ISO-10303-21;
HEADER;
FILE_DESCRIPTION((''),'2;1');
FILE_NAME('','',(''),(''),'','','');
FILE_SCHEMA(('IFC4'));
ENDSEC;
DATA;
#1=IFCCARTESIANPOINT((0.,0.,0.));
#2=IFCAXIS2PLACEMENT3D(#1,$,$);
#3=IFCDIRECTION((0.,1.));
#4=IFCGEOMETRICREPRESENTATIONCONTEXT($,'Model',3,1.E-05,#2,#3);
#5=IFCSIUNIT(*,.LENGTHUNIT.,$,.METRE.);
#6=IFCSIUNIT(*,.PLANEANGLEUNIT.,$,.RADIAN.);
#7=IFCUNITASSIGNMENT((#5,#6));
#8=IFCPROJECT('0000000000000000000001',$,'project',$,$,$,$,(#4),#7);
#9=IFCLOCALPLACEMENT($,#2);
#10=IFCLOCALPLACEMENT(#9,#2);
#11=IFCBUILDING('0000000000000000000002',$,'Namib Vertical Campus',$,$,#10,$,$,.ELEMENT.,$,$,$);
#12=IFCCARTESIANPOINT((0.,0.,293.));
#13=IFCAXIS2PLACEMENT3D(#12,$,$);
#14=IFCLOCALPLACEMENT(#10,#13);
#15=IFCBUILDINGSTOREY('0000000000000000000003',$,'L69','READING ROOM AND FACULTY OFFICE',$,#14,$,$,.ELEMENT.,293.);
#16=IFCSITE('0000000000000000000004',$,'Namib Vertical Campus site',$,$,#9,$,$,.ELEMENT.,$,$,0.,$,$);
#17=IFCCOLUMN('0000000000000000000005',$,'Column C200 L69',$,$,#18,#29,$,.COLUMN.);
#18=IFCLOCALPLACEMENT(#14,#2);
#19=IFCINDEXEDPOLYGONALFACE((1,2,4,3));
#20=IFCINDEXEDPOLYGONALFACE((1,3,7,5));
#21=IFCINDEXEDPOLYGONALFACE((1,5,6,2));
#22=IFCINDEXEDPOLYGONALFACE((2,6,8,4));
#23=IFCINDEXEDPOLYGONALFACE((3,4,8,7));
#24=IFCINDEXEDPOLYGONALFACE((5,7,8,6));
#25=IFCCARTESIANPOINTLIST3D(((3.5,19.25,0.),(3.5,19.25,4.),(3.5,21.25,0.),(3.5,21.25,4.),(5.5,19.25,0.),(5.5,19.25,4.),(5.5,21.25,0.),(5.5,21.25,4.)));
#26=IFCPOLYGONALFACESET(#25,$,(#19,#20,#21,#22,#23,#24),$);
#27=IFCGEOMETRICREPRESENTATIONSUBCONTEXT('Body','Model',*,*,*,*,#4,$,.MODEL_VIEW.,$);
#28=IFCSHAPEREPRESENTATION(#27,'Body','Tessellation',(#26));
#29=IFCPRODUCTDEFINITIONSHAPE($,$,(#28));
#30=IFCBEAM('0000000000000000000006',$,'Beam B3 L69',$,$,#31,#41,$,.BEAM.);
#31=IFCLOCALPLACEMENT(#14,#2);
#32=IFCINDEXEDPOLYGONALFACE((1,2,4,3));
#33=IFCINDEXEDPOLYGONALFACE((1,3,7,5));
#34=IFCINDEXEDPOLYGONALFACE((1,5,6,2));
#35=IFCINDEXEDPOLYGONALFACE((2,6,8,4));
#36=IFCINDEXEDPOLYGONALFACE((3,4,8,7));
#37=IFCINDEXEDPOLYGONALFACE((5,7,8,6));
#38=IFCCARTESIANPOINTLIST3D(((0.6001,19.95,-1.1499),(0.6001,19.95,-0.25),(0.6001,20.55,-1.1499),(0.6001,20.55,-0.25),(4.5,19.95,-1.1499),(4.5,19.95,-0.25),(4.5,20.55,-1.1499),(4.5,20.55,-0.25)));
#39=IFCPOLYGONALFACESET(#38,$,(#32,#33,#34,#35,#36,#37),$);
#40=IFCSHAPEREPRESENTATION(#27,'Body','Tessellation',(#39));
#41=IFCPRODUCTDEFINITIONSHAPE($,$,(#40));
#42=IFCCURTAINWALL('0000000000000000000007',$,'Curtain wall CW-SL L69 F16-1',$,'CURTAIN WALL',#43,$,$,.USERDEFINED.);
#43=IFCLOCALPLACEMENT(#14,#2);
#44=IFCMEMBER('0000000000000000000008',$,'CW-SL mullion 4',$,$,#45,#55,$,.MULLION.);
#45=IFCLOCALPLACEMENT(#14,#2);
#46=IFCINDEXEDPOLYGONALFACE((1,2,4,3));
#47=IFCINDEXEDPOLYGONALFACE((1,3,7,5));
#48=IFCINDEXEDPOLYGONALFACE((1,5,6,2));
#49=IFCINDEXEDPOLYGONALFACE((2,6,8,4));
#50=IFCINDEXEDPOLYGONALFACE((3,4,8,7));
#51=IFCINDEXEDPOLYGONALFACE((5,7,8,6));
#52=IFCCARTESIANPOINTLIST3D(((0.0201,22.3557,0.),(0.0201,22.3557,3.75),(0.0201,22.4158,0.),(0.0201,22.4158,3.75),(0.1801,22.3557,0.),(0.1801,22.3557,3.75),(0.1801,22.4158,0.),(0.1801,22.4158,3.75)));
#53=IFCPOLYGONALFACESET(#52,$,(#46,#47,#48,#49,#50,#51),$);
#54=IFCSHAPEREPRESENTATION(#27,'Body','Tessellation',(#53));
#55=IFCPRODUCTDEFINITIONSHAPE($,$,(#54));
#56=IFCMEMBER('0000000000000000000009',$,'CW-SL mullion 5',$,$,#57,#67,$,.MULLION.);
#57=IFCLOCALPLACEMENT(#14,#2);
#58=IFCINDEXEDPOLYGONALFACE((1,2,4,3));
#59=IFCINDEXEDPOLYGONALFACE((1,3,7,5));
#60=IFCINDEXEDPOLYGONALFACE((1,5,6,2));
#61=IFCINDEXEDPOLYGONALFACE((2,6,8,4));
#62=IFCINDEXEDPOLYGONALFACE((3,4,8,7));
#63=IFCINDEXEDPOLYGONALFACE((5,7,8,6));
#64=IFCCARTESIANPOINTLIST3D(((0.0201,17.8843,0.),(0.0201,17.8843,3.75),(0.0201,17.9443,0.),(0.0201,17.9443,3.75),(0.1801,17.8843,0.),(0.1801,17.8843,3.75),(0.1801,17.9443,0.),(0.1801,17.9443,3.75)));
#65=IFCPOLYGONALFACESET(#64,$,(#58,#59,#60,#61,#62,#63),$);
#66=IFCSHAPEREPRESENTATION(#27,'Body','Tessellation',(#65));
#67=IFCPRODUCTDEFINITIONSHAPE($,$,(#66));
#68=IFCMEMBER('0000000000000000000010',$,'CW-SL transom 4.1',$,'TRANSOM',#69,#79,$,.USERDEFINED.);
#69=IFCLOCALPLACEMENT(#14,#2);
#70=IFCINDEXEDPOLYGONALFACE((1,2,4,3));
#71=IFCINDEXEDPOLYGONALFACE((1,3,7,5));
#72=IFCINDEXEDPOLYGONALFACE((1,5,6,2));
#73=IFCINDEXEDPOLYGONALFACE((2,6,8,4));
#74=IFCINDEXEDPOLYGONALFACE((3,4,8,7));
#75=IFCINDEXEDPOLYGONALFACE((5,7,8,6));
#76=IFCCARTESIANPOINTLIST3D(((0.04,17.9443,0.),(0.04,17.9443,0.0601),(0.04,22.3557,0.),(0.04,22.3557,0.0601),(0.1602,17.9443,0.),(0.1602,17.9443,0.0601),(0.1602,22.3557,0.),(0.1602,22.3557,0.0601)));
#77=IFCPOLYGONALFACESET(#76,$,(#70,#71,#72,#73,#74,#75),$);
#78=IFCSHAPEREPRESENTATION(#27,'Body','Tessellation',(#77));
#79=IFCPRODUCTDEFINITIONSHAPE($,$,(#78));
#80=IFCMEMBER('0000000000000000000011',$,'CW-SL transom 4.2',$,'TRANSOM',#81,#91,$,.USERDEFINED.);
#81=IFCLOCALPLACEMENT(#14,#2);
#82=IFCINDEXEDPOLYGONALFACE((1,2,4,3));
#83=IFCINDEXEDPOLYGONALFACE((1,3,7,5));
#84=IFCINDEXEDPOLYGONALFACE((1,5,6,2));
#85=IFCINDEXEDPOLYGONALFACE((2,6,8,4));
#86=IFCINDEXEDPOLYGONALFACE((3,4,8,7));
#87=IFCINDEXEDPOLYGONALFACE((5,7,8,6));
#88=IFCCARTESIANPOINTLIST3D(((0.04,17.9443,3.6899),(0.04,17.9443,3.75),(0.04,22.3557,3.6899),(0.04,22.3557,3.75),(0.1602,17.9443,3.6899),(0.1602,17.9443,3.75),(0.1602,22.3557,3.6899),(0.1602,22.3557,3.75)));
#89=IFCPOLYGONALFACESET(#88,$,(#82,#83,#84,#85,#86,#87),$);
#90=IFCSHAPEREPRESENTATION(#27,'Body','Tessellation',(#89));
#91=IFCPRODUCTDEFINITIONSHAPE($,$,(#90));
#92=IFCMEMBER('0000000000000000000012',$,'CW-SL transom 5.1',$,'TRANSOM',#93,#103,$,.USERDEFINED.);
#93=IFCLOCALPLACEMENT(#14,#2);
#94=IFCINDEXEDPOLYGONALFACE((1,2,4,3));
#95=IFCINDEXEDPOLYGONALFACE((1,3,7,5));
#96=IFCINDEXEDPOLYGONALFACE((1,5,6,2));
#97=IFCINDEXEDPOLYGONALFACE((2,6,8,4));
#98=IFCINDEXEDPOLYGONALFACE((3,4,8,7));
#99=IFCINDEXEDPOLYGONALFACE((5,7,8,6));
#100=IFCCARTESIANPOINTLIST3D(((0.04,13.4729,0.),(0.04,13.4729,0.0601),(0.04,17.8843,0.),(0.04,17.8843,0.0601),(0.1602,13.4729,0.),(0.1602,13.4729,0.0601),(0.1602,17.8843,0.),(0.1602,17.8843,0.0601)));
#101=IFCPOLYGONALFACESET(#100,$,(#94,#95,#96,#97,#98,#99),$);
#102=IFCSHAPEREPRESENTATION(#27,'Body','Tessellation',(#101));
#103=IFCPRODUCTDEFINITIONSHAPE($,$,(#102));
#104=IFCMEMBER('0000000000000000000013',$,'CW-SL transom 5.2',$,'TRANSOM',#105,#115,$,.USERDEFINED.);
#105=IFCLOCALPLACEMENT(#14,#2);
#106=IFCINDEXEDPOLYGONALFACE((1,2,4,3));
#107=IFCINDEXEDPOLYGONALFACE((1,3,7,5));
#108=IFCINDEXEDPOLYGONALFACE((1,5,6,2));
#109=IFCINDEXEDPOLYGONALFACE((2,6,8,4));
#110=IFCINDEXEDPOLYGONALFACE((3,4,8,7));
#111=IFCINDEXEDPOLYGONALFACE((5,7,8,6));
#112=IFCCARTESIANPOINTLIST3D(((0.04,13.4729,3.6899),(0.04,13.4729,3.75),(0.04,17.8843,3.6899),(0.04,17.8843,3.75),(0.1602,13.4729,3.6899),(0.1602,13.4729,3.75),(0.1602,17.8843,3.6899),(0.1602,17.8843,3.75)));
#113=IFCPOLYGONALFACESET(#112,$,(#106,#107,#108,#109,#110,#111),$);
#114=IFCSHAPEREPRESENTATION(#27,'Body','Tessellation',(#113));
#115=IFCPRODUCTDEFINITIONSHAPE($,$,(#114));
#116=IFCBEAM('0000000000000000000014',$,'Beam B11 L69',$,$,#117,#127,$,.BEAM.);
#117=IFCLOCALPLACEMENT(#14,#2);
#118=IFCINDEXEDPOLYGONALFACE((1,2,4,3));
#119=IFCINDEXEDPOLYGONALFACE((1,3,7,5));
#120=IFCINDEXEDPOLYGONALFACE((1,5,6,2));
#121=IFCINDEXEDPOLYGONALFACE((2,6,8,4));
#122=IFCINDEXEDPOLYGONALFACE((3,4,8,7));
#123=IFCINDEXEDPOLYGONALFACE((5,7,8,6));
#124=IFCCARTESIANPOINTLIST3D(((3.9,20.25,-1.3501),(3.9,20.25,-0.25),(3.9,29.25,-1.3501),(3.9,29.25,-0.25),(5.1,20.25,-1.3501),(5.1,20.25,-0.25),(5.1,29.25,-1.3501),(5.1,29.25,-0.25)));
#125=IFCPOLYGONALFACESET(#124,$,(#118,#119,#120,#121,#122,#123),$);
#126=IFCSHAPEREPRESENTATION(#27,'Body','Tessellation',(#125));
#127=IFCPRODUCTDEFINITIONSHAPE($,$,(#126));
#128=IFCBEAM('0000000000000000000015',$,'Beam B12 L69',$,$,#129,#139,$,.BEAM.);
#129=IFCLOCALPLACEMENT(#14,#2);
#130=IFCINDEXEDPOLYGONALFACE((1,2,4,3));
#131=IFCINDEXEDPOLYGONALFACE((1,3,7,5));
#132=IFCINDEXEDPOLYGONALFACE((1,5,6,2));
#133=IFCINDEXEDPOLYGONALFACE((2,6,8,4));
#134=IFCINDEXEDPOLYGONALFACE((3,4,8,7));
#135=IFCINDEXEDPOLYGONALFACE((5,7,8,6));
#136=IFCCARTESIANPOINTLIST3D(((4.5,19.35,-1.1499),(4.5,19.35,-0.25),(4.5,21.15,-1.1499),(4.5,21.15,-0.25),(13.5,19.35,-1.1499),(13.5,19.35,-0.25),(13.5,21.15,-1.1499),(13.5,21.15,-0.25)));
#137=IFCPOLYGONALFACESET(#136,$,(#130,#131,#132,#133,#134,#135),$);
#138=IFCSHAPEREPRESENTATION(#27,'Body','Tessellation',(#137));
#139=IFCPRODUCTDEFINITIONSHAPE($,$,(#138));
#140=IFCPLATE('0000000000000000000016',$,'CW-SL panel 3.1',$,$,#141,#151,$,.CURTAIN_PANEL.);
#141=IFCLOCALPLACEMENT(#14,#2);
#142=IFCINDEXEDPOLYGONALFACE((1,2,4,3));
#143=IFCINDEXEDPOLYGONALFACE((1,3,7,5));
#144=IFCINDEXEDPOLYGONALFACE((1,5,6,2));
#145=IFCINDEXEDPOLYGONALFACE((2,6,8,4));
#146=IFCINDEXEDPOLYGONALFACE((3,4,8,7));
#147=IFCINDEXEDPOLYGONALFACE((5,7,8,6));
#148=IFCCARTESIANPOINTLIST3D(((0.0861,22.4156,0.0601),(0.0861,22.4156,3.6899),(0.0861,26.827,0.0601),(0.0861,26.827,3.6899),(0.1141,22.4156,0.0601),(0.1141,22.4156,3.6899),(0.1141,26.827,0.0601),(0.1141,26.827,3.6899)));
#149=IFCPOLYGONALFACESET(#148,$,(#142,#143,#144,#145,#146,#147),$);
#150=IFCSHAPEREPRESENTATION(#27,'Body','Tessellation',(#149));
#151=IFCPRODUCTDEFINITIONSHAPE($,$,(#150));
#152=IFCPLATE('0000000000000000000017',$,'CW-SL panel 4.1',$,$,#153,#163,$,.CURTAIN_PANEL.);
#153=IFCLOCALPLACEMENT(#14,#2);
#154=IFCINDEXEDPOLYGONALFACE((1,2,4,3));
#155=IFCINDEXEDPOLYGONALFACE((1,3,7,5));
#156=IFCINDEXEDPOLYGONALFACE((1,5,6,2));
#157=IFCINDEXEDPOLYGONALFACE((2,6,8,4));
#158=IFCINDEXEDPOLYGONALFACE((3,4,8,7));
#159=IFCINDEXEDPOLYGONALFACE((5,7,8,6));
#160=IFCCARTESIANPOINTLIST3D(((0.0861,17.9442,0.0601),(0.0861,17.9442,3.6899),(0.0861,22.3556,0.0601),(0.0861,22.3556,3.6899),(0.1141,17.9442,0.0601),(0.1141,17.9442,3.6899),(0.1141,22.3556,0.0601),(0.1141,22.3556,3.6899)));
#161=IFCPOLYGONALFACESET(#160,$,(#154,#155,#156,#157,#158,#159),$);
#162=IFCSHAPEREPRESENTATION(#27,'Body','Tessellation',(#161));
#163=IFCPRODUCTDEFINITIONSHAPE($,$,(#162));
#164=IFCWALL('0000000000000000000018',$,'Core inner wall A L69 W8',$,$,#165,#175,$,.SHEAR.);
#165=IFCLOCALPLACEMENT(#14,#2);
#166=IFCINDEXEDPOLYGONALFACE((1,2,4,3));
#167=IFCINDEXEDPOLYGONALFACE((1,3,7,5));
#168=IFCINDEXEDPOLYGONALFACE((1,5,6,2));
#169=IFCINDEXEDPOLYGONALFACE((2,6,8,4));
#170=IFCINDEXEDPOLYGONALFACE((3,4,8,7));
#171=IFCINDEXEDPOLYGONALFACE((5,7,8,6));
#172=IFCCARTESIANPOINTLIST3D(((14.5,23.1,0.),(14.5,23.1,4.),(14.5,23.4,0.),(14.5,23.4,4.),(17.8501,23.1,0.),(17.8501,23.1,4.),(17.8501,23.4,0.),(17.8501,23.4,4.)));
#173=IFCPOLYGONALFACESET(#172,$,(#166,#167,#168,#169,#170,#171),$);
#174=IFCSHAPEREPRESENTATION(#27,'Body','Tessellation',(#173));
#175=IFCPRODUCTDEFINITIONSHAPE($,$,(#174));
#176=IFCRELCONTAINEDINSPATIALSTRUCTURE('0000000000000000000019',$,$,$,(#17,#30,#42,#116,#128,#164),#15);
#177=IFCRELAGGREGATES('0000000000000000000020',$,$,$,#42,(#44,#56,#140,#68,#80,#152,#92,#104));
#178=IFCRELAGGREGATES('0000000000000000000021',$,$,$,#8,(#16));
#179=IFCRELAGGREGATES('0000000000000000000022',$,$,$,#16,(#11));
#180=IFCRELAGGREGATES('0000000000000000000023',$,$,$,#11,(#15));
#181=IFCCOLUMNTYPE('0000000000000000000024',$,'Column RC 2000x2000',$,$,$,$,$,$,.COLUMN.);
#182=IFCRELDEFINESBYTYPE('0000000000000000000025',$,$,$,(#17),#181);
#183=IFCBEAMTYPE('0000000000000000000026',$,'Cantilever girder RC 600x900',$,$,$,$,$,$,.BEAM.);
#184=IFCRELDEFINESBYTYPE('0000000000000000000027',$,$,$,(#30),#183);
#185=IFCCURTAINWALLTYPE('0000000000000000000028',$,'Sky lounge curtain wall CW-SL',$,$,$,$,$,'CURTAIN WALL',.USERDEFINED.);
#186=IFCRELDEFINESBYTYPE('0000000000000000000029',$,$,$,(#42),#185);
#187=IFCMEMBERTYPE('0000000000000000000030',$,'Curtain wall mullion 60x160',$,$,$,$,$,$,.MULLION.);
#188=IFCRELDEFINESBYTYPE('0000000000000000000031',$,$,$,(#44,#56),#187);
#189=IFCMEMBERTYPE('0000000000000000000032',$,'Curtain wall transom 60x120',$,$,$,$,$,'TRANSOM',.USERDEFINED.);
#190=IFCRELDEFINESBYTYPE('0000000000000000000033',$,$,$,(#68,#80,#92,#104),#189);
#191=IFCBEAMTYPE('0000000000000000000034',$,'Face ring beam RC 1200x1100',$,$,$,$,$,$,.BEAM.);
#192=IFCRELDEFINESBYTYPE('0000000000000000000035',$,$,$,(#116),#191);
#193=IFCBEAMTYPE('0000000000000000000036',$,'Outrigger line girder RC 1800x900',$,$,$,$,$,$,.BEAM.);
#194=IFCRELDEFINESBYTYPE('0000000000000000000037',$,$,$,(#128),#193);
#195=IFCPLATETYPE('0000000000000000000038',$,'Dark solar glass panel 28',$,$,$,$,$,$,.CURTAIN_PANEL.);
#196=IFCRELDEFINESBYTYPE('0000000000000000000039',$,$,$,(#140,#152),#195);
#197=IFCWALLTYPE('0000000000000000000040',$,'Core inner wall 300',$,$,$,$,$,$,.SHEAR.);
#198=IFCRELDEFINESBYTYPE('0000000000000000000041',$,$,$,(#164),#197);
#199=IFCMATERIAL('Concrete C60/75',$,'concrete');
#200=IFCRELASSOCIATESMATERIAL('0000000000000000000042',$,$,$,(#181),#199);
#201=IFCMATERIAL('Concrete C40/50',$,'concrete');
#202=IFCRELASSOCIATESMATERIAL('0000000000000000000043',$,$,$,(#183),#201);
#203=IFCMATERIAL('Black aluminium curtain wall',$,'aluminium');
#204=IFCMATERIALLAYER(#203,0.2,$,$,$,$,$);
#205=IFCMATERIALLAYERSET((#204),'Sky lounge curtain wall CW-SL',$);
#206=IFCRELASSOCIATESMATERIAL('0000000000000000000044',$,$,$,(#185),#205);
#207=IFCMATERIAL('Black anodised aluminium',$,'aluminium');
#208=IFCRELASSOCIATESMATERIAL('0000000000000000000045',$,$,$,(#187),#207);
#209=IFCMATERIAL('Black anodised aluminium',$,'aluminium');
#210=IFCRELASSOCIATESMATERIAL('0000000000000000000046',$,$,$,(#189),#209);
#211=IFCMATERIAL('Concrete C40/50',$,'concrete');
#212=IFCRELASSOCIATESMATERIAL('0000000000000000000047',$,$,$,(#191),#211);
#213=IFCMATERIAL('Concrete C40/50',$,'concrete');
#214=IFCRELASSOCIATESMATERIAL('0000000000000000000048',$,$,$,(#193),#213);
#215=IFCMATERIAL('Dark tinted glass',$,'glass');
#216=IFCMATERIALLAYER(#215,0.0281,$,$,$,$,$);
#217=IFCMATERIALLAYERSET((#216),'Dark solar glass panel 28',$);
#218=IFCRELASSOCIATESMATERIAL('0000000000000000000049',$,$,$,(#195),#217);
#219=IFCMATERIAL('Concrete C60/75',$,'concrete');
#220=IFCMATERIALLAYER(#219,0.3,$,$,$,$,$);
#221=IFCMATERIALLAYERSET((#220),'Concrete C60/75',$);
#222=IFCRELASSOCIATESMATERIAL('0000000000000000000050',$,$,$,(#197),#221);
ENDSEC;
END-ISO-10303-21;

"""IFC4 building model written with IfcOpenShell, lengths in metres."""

from ifc_helpers import new_model, si_unit, direction, frame, frame_2d, origin, origin_2d, place, context, subcontext, project, spatial, rectangle, extrude, material, layer, layer_set, material_profile, profile_set, type_object, element, aggregate, save


model = new_model("IFC4")

# Units and contexts
model_context = context("Model", 3, precision=1e-05, world=origin(), true_north=direction((0.0, 1.0)))
body_context = subcontext(model_context, "Body", "Model", "MODEL_VIEW")
ifc_project = project(units=[si_unit("LENGTHUNIT", "METRE"), si_unit("PLANEANGLEUNIT", "RADIAN")], contexts=[model_context])

# Site, building, storey
site_placement = place(None, origin())
site = spatial("IfcSite", under=ifc_project, at=site_placement, Name="Namib Vertical Campus site", CompositionType="ELEMENT", RefElevation=0.0)
building_placement = place(site_placement, origin())
building = spatial("IfcBuilding", under=site, at=building_placement, Name="Namib Vertical Campus", CompositionType="ELEMENT")
storey_placement = place(building_placement, frame((0.0, 0.0, 293.0)))
storey = spatial("IfcBuildingStorey", under=building, at=storey_placement, Name="L69", Description="READING ROOM AND FACULTY OFFICE", CompositionType="ELEMENT", Elevation=293.0)

# Column
ifc_material_1 = material(Name="Concrete C60/75", Category="concrete")
ifc_material_profile_1 = material_profile(ifc_material_1, rectangle(XDim=2.0, YDim=2.0, at=origin_2d()))
ifc_profile_set_1 = profile_set([ifc_material_profile_1], Name="Concrete C60/75")
column_type = type_object("IfcColumnType", Name="Column RC 2000x2000", PredefinedType="COLUMN", material=ifc_profile_set_1)
column_placement = place(storey_placement, frame((4.5, 20.25, 0.0), z_axis=(0.0, 0.0, 1.0), x_axis=(1.0, 0.0, 0.0)))
element("IfcColumn", 1, at=column_placement, inside=storey, type_object=column_type, Name="Column C200 L69", PredefinedType="COLUMN", context=body_context, shape_type="SweptSolid", body=[
    extrude(rectangle(XDim=2.0, YDim=2.0, at=origin_2d()), origin(), (0.0, 0.0, 1.0), 4.0),
])

# Beam
ifc_material_2 = material(Name="Concrete C40/50", Category="concrete")
ifc_material_profile_2 = material_profile(ifc_material_2, rectangle(XDim=0.6001, YDim=0.8999, at=origin_2d()))
ifc_profile_set_2 = profile_set([ifc_material_profile_2], Name="Concrete C40/50")
beam_type_1 = type_object("IfcBeamType", Name="Cantilever girder RC 600x900", PredefinedType="BEAM", material=ifc_profile_set_2)
beam_1_placement = place(storey_placement, frame((4.5, 20.25, -0.7), z_axis=(-1.0, 0.0, 0.0), x_axis=(0.0, -1.0, 0.0)))
element("IfcBeam", 2, at=beam_1_placement, inside=storey, type_object=beam_type_1, Name="Beam B3 L69", PredefinedType="BEAM", context=body_context, shape_type="SweptSolid", body=[
    extrude(rectangle(XDim=0.6001, YDim=0.8999, at=origin_2d()), origin(), (0.0, 0.0, 1.0), 3.8999),
])

# Curtain wall, members
ifc_material_3 = material(Name="Black aluminium curtain wall", Category="aluminium")
ifc_layer_1 = layer(ifc_material_3, 0.2)
ifc_layer_set_1 = layer_set([ifc_layer_1], Name="Sky lounge curtain wall CW-SL")
curtain_wall_type = type_object("IfcCurtainWallType", Name="Sky lounge curtain wall CW-SL", ElementType="CURTAIN WALL", PredefinedType="USERDEFINED", material=ifc_layer_set_1)
curtain_wall_placement = place(storey_placement, origin())
curtain_wall = element("IfcCurtainWall", 3, at=curtain_wall_placement, inside=storey, type_object=curtain_wall_type, Name="Curtain wall CW-SL L69 F16-1", ObjectType="CURTAIN WALL", PredefinedType="USERDEFINED")
ifc_material_4 = material(Name="Black anodised aluminium", Category="aluminium")
ifc_material_profile_3 = material_profile(ifc_material_4, rectangle(XDim=0.0601, YDim=0.1599, at=origin_2d()))
ifc_profile_set_3 = profile_set([ifc_material_profile_3], Name="Black anodised aluminium")
member_type_1 = type_object("IfcMemberType", Name="Curtain wall mullion 60x160", PredefinedType="MULLION", material=ifc_profile_set_3)
member_1_placement = place(storey_placement, frame((0.1001, 22.3857, 0.0), z_axis=(0.0, 0.0, 1.0), x_axis=(0.0, -1.0, 0.0)))
member_1 = element("IfcMember", 4, at=member_1_placement, type_object=member_type_1, Name="CW-SL mullion 4", PredefinedType="MULLION", context=body_context, shape_type="SweptSolid", body=[
    extrude(rectangle(XDim=0.0601, YDim=0.1599, at=origin_2d()), origin(), (0.0, 0.0, 1.0), 3.75),
])
member_2_placement = place(storey_placement, frame((0.1001, 17.9143, 0.0), z_axis=(0.0, 0.0, 1.0), x_axis=(0.0, -1.0, 0.0)))
member_2 = element("IfcMember", 5, at=member_2_placement, type_object=member_type_1, Name="CW-SL mullion 5", PredefinedType="MULLION", context=body_context, shape_type="SweptSolid", body=[
    extrude(rectangle(XDim=0.0601, YDim=0.1599, at=origin_2d()), origin(), (0.0, 0.0, 1.0), 3.75),
])
ifc_material_5 = material(Name="Black anodised aluminium", Category="aluminium")
ifc_material_profile_4 = material_profile(ifc_material_5, rectangle(XDim=0.0601, YDim=0.1201, at=origin_2d()))
ifc_profile_set_4 = profile_set([ifc_material_profile_4], Name="Black anodised aluminium")
member_type_2 = type_object("IfcMemberType", Name="Curtain wall transom 60x120", ElementType="TRANSOM", PredefinedType="USERDEFINED", material=ifc_profile_set_4)
member_3_placement = place(storey_placement, frame((0.1001, 22.3557, 0.03), z_axis=(0.0, -1.0, 0.0), x_axis=(0.0, 0.0, 1.0)))
member_3 = element("IfcMember", 6, at=member_3_placement, type_object=member_type_2, Name="CW-SL transom 4.1", ObjectType="TRANSOM", PredefinedType="USERDEFINED", context=body_context, shape_type="SweptSolid", body=[
    extrude(rectangle(XDim=0.0601, YDim=0.1201, at=origin_2d()), origin(), (0.0, 0.0, 1.0), 4.4114),
])
member_4_placement = place(storey_placement, frame((0.1001, 22.3557, 3.72), z_axis=(0.0, -1.0, 0.0), x_axis=(0.0, 0.0, 1.0)))
member_4 = element("IfcMember", 7, at=member_4_placement, type_object=member_type_2, Name="CW-SL transom 4.2", ObjectType="TRANSOM", PredefinedType="USERDEFINED", context=body_context, shape_type="SweptSolid", body=[
    extrude(rectangle(XDim=0.0601, YDim=0.1201, at=origin_2d()), origin(), (0.0, 0.0, 1.0), 4.4114),
])
member_5_placement = place(storey_placement, frame((0.1001, 17.8843, 0.03), z_axis=(0.0, -1.0, 0.0), x_axis=(0.0, 0.0, 1.0)))
member_5 = element("IfcMember", 8, at=member_5_placement, type_object=member_type_2, Name="CW-SL transom 5.1", ObjectType="TRANSOM", PredefinedType="USERDEFINED", context=body_context, shape_type="SweptSolid", body=[
    extrude(rectangle(XDim=0.0601, YDim=0.1201, at=origin_2d()), origin(), (0.0, 0.0, 1.0), 4.4114),
])
member_6_placement = place(storey_placement, frame((0.1001, 17.8843, 3.72), z_axis=(0.0, -1.0, 0.0), x_axis=(0.0, 0.0, 1.0)))
member_6 = element("IfcMember", 9, at=member_6_placement, type_object=member_type_2, Name="CW-SL transom 5.2", ObjectType="TRANSOM", PredefinedType="USERDEFINED", context=body_context, shape_type="SweptSolid", body=[
    extrude(rectangle(XDim=0.0601, YDim=0.1201, at=origin_2d()), origin(), (0.0, 0.0, 1.0), 4.4114),
])

# Beams
ifc_material_6 = material(Name="Concrete C40/50", Category="concrete")
ifc_material_profile_5 = material_profile(ifc_material_6, rectangle(XDim=1.2, YDim=1.1001, at=origin_2d()))
ifc_profile_set_5 = profile_set([ifc_material_profile_5], Name="Concrete C40/50")
beam_type_2 = type_object("IfcBeamType", Name="Face ring beam RC 1200x1100", PredefinedType="BEAM", material=ifc_profile_set_5)
beam_2_placement = place(storey_placement, frame((4.5, 20.25, -0.8), z_axis=(0.0, 1.0, 0.0), x_axis=(-1.0, 0.0, 0.0)))
element("IfcBeam", 10, at=beam_2_placement, inside=storey, type_object=beam_type_2, Name="Beam B11 L69", PredefinedType="BEAM", context=body_context, shape_type="SweptSolid", body=[
    extrude(rectangle(XDim=1.2, YDim=1.1001, at=origin_2d()), origin(), (0.0, 0.0, 1.0), 9.0),
])
ifc_material_7 = material(Name="Concrete C40/50", Category="concrete")
ifc_material_profile_6 = material_profile(ifc_material_7, rectangle(XDim=1.8, YDim=0.8999, at=origin_2d()))
ifc_profile_set_6 = profile_set([ifc_material_profile_6], Name="Concrete C40/50")
beam_type_3 = type_object("IfcBeamType", Name="Outrigger line girder RC 1800x900", PredefinedType="BEAM", material=ifc_profile_set_6)
beam_3_placement = place(storey_placement, frame((4.5, 20.25, -0.7), z_axis=(1.0, 0.0, 0.0), x_axis=(0.0, 1.0, 0.0)))
element("IfcBeam", 11, at=beam_3_placement, inside=storey, type_object=beam_type_3, Name="Beam B12 L69", PredefinedType="BEAM", context=body_context, shape_type="SweptSolid", body=[
    extrude(rectangle(XDim=1.8, YDim=0.8999, at=origin_2d()), origin(), (0.0, 0.0, 1.0), 9.0),
])

# Plates
ifc_material_8 = material(Name="Dark tinted glass", Category="glass")
ifc_layer_2 = layer(ifc_material_8, 0.0281)
ifc_layer_set_2 = layer_set([ifc_layer_2], Name="Dark solar glass panel 28")
plate_type = type_object("IfcPlateType", Name="Dark solar glass panel 28", PredefinedType="CURTAIN_PANEL", material=ifc_layer_set_2)
plate_1_placement = place(storey_placement, frame((0.1001, 24.6213, 0.0601), z_axis=(0.0, 0.0, 1.0), x_axis=(0.0, -1.0, 0.0)))
plate_1 = element("IfcPlate", 12, at=plate_1_placement, type_object=plate_type, Name="CW-SL panel 3.1", PredefinedType="CURTAIN_PANEL", context=body_context, shape_type="SweptSolid", body=[
    extrude(rectangle(XDim=4.4114, YDim=0.0281, at=origin_2d()), origin(), (0.0, 0.0, 1.0), 3.6299),
])
plate_2_placement = place(storey_placement, frame((0.1001, 20.1499, 0.0601), z_axis=(0.0, 0.0, 1.0), x_axis=(0.0, -1.0, 0.0)))
plate_2 = element("IfcPlate", 13, at=plate_2_placement, type_object=plate_type, Name="CW-SL panel 4.1", PredefinedType="CURTAIN_PANEL", context=body_context, shape_type="SweptSolid", body=[
    extrude(rectangle(XDim=4.4114, YDim=0.0281, at=origin_2d()), origin(), (0.0, 0.0, 1.0), 3.6299),
])
aggregate(curtain_wall, [member_1, member_2, plate_1, member_3, member_4, plate_2, member_5, member_6])

# Wall
ifc_material_9 = material(Name="Concrete C60/75", Category="concrete")
ifc_layer_3 = layer(ifc_material_9, 0.3)
ifc_layer_set_3 = layer_set([ifc_layer_3], Name="Concrete C60/75")
wall_type_1 = type_object("IfcWallType", Name="Core inner wall 300", PredefinedType="SHEAR", material=ifc_layer_set_3)
wall_1_placement = place(storey_placement, frame((14.5, 23.25, 0.0), z_axis=(0.0, 0.0, 1.0), x_axis=(1.0, 0.0, 0.0)))
element("IfcWall", 14, at=wall_1_placement, inside=storey, type_object=wall_type_1, Name="Core inner wall A L69 W8", PredefinedType="SHEAR", context=body_context, shape_type="SweptSolid", body=[
    extrude(rectangle(XDim=3.3501, YDim=0.3, at=frame_2d((1.675, 0.0))), origin(), (0.0, 0.0, 1.0), 4.0),
])

save(model, "model.ifc")
